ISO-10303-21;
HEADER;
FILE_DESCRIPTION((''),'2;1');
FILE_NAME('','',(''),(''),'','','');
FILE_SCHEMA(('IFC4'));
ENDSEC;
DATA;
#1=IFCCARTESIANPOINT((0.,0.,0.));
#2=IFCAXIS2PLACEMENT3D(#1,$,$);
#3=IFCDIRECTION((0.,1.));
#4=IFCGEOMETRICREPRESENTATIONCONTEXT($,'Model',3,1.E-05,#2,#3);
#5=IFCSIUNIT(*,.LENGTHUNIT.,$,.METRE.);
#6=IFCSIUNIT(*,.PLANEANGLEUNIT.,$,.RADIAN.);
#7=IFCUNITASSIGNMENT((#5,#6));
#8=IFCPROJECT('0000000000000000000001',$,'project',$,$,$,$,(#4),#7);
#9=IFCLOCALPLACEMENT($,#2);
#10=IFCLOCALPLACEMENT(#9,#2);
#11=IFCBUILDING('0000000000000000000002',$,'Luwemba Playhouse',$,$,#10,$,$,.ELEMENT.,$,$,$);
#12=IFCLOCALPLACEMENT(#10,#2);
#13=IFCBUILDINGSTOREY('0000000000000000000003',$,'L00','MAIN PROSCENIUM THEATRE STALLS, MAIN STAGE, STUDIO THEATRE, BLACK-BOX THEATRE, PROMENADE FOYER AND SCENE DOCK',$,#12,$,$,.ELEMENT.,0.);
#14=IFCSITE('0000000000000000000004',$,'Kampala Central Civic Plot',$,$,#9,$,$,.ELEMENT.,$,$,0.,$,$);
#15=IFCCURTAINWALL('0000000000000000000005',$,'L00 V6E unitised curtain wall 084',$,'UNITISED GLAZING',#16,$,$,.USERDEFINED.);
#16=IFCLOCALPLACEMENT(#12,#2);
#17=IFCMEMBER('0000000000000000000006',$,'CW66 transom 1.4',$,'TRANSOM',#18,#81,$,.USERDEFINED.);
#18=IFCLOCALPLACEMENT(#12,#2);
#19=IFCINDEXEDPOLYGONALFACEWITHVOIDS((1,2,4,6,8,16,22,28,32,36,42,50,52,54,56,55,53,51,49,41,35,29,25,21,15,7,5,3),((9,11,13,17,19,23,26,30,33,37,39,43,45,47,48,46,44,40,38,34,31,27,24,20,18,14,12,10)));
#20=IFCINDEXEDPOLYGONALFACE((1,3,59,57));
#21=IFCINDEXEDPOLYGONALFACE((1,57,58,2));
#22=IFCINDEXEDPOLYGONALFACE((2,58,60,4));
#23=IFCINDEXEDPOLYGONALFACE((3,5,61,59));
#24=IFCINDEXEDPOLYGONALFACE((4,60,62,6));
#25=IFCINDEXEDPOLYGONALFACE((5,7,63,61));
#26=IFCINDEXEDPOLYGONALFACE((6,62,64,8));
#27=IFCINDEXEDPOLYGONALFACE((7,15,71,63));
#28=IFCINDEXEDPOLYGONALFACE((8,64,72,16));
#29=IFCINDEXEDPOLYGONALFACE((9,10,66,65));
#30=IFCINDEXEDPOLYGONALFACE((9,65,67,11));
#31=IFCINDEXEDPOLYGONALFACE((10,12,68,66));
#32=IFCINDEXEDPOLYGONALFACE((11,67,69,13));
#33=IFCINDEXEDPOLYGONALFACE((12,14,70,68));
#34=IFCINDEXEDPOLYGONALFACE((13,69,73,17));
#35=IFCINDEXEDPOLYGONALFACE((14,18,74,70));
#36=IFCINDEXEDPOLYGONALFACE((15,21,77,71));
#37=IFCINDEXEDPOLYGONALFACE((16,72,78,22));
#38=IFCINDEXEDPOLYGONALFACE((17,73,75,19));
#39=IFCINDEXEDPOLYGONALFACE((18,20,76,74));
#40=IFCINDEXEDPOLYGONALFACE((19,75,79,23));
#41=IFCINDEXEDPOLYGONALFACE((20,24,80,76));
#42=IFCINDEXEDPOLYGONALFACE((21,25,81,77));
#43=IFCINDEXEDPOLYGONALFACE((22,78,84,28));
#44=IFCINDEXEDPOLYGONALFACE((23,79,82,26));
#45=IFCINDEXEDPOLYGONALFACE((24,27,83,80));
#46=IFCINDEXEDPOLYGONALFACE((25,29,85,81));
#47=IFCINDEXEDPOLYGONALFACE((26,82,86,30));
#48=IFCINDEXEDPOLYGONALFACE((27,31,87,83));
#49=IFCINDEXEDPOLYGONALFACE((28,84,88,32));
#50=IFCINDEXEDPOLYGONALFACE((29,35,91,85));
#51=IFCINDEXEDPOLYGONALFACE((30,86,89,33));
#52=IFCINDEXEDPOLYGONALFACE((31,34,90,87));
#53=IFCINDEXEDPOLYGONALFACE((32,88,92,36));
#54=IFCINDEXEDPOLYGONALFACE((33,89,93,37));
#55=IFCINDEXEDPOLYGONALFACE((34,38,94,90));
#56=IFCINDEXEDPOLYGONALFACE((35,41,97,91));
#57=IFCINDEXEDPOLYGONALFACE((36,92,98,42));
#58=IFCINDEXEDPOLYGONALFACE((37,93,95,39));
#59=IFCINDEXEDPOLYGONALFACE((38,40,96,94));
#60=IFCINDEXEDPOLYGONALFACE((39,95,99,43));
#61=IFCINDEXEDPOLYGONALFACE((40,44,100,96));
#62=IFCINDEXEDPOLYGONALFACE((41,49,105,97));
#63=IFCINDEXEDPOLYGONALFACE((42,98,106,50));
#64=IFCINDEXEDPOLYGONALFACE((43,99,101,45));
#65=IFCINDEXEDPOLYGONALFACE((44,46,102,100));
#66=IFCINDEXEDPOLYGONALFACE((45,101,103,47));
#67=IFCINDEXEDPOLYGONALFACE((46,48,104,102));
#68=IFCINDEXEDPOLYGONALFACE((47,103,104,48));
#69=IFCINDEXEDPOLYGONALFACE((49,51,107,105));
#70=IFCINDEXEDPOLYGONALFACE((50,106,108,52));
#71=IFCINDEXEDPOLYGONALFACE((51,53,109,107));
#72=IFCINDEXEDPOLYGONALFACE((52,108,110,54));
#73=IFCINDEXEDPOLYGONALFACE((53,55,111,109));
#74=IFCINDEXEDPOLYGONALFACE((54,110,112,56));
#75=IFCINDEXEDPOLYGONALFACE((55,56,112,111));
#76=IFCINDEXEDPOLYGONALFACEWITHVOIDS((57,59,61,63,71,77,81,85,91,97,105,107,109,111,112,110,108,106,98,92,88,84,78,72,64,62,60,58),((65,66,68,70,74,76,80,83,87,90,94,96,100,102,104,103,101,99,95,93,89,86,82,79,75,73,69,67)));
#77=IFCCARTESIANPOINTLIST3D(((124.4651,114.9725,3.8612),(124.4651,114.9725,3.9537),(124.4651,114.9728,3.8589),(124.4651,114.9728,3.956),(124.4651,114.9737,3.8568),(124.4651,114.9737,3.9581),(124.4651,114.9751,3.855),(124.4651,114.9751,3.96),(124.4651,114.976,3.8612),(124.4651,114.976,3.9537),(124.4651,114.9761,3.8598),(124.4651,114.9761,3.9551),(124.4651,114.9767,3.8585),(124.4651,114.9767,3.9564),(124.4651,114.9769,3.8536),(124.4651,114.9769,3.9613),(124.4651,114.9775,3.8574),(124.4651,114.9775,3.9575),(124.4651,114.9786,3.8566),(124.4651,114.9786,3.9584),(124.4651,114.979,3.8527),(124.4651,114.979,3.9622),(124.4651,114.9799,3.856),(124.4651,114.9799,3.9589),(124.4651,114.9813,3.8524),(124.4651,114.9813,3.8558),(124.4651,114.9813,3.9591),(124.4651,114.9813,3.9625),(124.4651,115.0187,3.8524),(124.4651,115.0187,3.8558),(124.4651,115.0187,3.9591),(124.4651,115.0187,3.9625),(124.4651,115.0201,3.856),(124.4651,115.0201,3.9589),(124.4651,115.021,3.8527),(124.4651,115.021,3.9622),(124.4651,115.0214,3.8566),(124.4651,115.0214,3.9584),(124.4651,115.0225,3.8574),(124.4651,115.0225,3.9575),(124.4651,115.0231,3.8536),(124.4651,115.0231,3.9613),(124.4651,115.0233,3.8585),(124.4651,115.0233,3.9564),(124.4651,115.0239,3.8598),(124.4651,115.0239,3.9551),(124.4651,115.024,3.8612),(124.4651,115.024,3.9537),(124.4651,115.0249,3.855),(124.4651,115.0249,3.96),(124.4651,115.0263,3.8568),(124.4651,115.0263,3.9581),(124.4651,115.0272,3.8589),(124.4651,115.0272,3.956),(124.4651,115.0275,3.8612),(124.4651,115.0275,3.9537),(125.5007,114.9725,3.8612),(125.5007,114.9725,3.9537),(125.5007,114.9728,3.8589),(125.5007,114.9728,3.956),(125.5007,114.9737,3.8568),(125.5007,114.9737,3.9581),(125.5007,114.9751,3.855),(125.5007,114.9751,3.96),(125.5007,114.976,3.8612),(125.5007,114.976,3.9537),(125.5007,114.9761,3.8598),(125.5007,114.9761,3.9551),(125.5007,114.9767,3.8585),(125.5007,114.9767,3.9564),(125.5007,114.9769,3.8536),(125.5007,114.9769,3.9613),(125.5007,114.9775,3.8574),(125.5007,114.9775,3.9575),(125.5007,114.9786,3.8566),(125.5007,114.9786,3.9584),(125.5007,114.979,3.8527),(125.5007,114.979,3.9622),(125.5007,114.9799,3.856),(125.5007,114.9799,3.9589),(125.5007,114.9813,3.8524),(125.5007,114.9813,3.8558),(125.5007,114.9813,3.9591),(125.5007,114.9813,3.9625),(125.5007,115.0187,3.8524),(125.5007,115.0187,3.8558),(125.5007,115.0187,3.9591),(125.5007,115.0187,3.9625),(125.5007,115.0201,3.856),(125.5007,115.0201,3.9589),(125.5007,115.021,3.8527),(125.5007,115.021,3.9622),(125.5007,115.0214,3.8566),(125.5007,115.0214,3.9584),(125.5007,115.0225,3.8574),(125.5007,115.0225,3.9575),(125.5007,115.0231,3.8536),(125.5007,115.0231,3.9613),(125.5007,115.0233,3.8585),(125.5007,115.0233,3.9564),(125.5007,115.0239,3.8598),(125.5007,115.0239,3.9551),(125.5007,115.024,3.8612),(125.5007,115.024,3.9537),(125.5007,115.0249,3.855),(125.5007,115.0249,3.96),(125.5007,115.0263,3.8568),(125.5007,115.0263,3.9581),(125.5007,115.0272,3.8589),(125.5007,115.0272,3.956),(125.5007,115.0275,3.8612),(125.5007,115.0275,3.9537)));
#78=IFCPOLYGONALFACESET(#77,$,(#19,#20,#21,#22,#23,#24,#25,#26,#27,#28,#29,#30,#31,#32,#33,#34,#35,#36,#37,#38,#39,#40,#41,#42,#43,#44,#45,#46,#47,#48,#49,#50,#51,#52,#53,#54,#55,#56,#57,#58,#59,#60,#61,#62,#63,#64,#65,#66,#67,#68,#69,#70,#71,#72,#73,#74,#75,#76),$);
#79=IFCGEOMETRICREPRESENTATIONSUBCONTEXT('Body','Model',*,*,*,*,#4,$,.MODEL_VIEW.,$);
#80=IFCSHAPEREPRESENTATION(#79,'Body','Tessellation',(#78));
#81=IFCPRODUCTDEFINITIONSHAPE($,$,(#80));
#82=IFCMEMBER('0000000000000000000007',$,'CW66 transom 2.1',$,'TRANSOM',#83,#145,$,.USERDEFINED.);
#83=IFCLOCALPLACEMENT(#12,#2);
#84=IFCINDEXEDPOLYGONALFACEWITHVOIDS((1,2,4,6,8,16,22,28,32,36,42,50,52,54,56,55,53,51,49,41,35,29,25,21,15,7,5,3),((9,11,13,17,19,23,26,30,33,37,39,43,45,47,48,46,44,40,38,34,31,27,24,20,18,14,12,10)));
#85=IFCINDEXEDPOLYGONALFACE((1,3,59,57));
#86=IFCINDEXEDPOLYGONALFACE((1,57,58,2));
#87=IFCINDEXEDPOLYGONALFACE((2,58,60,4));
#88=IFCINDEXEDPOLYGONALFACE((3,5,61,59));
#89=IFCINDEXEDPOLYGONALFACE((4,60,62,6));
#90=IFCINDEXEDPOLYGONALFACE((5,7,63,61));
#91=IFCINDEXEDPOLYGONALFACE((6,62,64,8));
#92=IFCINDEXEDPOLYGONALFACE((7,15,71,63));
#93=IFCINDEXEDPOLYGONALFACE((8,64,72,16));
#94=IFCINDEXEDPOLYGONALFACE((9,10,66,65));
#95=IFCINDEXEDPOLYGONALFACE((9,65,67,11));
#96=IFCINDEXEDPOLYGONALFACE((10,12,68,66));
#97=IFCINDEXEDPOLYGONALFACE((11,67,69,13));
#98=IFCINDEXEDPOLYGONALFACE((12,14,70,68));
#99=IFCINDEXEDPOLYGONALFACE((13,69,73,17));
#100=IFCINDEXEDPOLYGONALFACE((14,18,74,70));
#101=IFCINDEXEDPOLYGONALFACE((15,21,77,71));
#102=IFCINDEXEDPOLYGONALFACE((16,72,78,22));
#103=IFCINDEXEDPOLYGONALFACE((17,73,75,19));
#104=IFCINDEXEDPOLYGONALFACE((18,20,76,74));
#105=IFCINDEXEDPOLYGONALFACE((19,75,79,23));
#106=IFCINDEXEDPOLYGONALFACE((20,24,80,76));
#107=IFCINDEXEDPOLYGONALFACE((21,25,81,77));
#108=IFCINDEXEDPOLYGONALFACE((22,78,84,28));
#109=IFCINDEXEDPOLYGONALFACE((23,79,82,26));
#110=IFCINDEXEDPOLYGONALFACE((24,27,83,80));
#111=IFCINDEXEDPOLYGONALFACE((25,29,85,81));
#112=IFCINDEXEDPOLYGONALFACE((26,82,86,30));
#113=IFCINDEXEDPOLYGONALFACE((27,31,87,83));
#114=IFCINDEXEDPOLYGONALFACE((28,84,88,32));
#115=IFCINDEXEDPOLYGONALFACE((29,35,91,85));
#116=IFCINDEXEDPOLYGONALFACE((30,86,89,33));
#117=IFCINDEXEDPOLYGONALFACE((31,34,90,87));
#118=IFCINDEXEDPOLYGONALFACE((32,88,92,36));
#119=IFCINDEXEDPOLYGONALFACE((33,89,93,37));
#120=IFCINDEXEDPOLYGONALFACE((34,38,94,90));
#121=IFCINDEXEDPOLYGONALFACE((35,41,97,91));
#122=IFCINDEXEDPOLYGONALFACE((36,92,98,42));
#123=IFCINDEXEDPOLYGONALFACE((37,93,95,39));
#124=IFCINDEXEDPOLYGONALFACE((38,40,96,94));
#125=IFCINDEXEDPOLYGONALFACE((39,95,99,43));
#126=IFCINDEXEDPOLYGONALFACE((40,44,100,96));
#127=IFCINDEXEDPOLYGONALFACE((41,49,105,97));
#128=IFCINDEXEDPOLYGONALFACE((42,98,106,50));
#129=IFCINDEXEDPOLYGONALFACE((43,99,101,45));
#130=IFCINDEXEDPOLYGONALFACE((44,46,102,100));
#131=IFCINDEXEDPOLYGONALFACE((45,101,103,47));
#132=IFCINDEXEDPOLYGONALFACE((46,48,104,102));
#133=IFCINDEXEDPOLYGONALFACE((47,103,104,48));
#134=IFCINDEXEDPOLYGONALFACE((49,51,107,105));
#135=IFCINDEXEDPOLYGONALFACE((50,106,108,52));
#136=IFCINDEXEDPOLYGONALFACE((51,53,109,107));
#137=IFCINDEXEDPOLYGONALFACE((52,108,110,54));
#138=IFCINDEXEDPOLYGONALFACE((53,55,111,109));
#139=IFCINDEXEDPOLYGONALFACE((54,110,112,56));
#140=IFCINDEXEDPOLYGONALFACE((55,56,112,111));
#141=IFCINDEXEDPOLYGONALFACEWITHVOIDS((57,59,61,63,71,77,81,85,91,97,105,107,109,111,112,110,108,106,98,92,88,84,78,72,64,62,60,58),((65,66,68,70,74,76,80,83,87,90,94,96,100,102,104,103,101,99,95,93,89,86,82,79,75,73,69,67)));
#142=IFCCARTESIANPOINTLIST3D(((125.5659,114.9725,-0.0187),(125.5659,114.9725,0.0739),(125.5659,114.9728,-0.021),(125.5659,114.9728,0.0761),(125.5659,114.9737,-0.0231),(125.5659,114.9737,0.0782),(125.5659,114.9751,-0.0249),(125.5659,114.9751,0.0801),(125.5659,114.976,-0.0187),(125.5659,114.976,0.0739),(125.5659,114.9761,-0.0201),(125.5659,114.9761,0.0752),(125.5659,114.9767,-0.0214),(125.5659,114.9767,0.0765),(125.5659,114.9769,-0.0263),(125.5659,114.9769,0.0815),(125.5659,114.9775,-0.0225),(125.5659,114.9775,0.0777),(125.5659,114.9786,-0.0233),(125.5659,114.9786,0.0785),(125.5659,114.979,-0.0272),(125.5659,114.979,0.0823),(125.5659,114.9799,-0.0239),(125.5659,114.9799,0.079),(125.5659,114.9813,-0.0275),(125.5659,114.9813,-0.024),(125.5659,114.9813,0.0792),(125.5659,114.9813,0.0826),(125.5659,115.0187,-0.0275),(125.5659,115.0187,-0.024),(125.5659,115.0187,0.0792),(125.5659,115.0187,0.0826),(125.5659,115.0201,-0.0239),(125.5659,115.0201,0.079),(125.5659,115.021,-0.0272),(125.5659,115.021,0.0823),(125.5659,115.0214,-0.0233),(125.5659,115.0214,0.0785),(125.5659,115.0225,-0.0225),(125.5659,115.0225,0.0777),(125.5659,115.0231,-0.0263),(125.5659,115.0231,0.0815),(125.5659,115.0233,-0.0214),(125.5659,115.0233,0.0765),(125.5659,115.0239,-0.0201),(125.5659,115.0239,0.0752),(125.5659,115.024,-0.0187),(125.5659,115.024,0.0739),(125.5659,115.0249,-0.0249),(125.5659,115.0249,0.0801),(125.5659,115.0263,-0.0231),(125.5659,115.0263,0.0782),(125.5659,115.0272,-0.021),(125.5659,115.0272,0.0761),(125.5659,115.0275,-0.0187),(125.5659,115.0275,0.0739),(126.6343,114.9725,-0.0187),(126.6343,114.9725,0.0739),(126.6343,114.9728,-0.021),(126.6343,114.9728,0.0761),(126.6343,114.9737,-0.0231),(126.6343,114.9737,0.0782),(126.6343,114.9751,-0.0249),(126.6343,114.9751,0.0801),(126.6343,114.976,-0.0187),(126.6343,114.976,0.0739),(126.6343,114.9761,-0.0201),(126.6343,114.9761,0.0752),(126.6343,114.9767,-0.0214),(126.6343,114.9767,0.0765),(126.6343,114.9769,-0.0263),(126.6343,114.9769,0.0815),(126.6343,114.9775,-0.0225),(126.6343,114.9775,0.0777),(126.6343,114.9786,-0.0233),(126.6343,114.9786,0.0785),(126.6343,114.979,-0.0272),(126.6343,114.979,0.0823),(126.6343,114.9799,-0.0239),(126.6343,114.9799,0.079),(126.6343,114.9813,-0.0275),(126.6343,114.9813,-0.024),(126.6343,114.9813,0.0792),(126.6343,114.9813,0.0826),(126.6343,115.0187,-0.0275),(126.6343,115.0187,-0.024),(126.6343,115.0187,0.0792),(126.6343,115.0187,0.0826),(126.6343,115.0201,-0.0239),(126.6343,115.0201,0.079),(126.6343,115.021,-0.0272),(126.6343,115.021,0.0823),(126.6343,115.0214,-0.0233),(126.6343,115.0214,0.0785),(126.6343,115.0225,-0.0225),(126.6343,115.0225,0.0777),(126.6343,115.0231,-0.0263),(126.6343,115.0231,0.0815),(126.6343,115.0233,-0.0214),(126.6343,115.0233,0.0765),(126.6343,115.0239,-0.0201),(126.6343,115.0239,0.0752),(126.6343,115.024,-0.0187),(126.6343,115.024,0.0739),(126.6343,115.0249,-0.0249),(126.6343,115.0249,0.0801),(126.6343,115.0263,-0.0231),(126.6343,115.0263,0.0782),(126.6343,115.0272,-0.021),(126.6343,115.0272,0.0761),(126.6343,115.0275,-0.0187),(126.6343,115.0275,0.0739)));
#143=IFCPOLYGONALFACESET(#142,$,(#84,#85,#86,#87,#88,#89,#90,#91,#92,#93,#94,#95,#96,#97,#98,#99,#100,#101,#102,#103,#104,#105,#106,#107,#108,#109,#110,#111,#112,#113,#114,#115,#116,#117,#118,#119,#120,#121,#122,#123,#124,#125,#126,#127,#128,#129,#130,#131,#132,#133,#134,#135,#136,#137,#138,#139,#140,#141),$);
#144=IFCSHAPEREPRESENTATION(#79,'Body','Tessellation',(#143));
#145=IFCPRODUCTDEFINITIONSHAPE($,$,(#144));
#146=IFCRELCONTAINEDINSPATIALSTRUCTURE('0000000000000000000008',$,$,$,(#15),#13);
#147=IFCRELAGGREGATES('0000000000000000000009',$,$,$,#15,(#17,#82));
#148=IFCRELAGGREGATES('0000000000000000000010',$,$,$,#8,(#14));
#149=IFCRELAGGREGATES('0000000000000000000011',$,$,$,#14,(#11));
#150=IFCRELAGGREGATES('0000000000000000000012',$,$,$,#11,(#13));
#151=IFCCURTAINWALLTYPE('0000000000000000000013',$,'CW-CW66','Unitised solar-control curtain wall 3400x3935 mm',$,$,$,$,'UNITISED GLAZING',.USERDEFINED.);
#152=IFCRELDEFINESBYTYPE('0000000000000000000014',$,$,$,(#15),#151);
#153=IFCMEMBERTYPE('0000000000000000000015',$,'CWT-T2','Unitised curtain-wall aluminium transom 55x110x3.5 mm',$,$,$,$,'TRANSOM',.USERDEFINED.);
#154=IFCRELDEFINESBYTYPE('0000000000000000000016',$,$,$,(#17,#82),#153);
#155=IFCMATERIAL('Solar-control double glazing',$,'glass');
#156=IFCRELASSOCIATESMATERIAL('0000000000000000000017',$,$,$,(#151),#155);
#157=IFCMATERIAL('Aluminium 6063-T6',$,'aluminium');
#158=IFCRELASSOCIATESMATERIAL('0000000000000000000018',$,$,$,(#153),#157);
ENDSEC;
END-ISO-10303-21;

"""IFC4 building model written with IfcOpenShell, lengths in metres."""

from ifc_helpers import new_model, si_unit, direction, frame, origin, origin_2d, place, context, subcontext, project, spatial, hollow_rectangle, extrude, material, material_profile, profile_set, type_object, element, aggregate, save


model = new_model("IFC4")

# Units and contexts
model_context = context("Model", 3, precision=1e-05, world=origin(), true_north=direction((0.0, 1.0)))
body_context = subcontext(model_context, "Body", "Model", "MODEL_VIEW")
ifc_project = project(units=[si_unit("LENGTHUNIT", "METRE"), si_unit("PLANEANGLEUNIT", "RADIAN")], contexts=[model_context])

# Site, building, storey
site_placement = place(None, origin())
site = spatial("IfcSite", under=ifc_project, at=site_placement, Name="Kampala Central Civic Plot", CompositionType="ELEMENT", RefElevation=0.0)
building_placement = place(site_placement, origin())
building = spatial("IfcBuilding", under=site, at=building_placement, Name="Luwemba Playhouse", CompositionType="ELEMENT")
storey_placement = place(building_placement, origin())
storey = spatial("IfcBuildingStorey", under=building, at=storey_placement, Name="L00", Description="MAIN PROSCENIUM THEATRE STALLS, MAIN STAGE, STUDIO THEATRE, BLACK-BOX THEATRE, PROMENADE FOYER AND SCENE DOCK", CompositionType="ELEMENT", Elevation=0.0)

# Curtain wall, members
ifc_material_1 = material(Name="Solar-control double glazing", Category="glass")
curtain_wall_type = type_object("IfcCurtainWallType", Name="CW-CW66", Description="Unitised solar-control curtain wall 3400x3935 mm", ElementType="UNITISED GLAZING", PredefinedType="USERDEFINED", material=ifc_material_1)
curtain_wall_placement = place(storey_placement, origin())
curtain_wall = element("IfcCurtainWall", 1, at=curtain_wall_placement, inside=storey, type_object=curtain_wall_type, Name="L00 V6E unitised curtain wall 084", ObjectType="UNITISED GLAZING", PredefinedType="USERDEFINED")
ifc_material_2 = material(Name="Aluminium 6063-T6", Category="aluminium")
ifc_material_profile_1 = material_profile(ifc_material_2, hollow_rectangle(XDim=0.0549, YDim=0.1101, WallThickness=0.0034, InnerFilletRadius=0.0054, OuterFilletRadius=0.0088, at=origin_2d()))
ifc_profile_set_1 = profile_set([ifc_material_profile_1], Name="Aluminium 6063-T6")
member_type_1 = type_object("IfcMemberType", Name="CWT-T2", Description="Unitised curtain-wall aluminium transom 55x110x3.5 mm", ElementType="TRANSOM", PredefinedType="USERDEFINED", material=ifc_profile_set_1)
member_1_placement = place(storey_placement, frame((124.4651, 115.0, 3.9075), z_axis=(1.0, 0.0, 0.0), x_axis=(0.0, 1.0, 0.0)))
member_1 = element("IfcMember", 2, at=member_1_placement, type_object=member_type_1, Name="CW66 transom 1.4", ObjectType="TRANSOM", PredefinedType="USERDEFINED", context=body_context, shape_type="SweptSolid", body=[
    extrude(hollow_rectangle(XDim=0.0549, YDim=0.1101, WallThickness=0.0034, InnerFilletRadius=0.0054, OuterFilletRadius=0.0088, at=origin_2d()), origin(), (0.0, 0.0, 1.0), 1.0356),
])
member_2_placement = place(storey_placement, frame((125.5659, 115.0, 0.0276), z_axis=(1.0, 0.0, 0.0), x_axis=(0.0, 1.0, 0.0)))
member_2 = element("IfcMember", 3, at=member_2_placement, type_object=member_type_1, Name="CW66 transom 2.1", ObjectType="TRANSOM", PredefinedType="USERDEFINED", context=body_context, shape_type="SweptSolid", body=[
    extrude(hollow_rectangle(XDim=0.0549, YDim=0.1101, WallThickness=0.0034, InnerFilletRadius=0.0054, OuterFilletRadius=0.0088, at=origin_2d()), origin(), (0.0, 0.0, 1.0), 1.0684),
])
aggregate(curtain_wall, [member_1, member_2])

save(model, "model.ifc")
